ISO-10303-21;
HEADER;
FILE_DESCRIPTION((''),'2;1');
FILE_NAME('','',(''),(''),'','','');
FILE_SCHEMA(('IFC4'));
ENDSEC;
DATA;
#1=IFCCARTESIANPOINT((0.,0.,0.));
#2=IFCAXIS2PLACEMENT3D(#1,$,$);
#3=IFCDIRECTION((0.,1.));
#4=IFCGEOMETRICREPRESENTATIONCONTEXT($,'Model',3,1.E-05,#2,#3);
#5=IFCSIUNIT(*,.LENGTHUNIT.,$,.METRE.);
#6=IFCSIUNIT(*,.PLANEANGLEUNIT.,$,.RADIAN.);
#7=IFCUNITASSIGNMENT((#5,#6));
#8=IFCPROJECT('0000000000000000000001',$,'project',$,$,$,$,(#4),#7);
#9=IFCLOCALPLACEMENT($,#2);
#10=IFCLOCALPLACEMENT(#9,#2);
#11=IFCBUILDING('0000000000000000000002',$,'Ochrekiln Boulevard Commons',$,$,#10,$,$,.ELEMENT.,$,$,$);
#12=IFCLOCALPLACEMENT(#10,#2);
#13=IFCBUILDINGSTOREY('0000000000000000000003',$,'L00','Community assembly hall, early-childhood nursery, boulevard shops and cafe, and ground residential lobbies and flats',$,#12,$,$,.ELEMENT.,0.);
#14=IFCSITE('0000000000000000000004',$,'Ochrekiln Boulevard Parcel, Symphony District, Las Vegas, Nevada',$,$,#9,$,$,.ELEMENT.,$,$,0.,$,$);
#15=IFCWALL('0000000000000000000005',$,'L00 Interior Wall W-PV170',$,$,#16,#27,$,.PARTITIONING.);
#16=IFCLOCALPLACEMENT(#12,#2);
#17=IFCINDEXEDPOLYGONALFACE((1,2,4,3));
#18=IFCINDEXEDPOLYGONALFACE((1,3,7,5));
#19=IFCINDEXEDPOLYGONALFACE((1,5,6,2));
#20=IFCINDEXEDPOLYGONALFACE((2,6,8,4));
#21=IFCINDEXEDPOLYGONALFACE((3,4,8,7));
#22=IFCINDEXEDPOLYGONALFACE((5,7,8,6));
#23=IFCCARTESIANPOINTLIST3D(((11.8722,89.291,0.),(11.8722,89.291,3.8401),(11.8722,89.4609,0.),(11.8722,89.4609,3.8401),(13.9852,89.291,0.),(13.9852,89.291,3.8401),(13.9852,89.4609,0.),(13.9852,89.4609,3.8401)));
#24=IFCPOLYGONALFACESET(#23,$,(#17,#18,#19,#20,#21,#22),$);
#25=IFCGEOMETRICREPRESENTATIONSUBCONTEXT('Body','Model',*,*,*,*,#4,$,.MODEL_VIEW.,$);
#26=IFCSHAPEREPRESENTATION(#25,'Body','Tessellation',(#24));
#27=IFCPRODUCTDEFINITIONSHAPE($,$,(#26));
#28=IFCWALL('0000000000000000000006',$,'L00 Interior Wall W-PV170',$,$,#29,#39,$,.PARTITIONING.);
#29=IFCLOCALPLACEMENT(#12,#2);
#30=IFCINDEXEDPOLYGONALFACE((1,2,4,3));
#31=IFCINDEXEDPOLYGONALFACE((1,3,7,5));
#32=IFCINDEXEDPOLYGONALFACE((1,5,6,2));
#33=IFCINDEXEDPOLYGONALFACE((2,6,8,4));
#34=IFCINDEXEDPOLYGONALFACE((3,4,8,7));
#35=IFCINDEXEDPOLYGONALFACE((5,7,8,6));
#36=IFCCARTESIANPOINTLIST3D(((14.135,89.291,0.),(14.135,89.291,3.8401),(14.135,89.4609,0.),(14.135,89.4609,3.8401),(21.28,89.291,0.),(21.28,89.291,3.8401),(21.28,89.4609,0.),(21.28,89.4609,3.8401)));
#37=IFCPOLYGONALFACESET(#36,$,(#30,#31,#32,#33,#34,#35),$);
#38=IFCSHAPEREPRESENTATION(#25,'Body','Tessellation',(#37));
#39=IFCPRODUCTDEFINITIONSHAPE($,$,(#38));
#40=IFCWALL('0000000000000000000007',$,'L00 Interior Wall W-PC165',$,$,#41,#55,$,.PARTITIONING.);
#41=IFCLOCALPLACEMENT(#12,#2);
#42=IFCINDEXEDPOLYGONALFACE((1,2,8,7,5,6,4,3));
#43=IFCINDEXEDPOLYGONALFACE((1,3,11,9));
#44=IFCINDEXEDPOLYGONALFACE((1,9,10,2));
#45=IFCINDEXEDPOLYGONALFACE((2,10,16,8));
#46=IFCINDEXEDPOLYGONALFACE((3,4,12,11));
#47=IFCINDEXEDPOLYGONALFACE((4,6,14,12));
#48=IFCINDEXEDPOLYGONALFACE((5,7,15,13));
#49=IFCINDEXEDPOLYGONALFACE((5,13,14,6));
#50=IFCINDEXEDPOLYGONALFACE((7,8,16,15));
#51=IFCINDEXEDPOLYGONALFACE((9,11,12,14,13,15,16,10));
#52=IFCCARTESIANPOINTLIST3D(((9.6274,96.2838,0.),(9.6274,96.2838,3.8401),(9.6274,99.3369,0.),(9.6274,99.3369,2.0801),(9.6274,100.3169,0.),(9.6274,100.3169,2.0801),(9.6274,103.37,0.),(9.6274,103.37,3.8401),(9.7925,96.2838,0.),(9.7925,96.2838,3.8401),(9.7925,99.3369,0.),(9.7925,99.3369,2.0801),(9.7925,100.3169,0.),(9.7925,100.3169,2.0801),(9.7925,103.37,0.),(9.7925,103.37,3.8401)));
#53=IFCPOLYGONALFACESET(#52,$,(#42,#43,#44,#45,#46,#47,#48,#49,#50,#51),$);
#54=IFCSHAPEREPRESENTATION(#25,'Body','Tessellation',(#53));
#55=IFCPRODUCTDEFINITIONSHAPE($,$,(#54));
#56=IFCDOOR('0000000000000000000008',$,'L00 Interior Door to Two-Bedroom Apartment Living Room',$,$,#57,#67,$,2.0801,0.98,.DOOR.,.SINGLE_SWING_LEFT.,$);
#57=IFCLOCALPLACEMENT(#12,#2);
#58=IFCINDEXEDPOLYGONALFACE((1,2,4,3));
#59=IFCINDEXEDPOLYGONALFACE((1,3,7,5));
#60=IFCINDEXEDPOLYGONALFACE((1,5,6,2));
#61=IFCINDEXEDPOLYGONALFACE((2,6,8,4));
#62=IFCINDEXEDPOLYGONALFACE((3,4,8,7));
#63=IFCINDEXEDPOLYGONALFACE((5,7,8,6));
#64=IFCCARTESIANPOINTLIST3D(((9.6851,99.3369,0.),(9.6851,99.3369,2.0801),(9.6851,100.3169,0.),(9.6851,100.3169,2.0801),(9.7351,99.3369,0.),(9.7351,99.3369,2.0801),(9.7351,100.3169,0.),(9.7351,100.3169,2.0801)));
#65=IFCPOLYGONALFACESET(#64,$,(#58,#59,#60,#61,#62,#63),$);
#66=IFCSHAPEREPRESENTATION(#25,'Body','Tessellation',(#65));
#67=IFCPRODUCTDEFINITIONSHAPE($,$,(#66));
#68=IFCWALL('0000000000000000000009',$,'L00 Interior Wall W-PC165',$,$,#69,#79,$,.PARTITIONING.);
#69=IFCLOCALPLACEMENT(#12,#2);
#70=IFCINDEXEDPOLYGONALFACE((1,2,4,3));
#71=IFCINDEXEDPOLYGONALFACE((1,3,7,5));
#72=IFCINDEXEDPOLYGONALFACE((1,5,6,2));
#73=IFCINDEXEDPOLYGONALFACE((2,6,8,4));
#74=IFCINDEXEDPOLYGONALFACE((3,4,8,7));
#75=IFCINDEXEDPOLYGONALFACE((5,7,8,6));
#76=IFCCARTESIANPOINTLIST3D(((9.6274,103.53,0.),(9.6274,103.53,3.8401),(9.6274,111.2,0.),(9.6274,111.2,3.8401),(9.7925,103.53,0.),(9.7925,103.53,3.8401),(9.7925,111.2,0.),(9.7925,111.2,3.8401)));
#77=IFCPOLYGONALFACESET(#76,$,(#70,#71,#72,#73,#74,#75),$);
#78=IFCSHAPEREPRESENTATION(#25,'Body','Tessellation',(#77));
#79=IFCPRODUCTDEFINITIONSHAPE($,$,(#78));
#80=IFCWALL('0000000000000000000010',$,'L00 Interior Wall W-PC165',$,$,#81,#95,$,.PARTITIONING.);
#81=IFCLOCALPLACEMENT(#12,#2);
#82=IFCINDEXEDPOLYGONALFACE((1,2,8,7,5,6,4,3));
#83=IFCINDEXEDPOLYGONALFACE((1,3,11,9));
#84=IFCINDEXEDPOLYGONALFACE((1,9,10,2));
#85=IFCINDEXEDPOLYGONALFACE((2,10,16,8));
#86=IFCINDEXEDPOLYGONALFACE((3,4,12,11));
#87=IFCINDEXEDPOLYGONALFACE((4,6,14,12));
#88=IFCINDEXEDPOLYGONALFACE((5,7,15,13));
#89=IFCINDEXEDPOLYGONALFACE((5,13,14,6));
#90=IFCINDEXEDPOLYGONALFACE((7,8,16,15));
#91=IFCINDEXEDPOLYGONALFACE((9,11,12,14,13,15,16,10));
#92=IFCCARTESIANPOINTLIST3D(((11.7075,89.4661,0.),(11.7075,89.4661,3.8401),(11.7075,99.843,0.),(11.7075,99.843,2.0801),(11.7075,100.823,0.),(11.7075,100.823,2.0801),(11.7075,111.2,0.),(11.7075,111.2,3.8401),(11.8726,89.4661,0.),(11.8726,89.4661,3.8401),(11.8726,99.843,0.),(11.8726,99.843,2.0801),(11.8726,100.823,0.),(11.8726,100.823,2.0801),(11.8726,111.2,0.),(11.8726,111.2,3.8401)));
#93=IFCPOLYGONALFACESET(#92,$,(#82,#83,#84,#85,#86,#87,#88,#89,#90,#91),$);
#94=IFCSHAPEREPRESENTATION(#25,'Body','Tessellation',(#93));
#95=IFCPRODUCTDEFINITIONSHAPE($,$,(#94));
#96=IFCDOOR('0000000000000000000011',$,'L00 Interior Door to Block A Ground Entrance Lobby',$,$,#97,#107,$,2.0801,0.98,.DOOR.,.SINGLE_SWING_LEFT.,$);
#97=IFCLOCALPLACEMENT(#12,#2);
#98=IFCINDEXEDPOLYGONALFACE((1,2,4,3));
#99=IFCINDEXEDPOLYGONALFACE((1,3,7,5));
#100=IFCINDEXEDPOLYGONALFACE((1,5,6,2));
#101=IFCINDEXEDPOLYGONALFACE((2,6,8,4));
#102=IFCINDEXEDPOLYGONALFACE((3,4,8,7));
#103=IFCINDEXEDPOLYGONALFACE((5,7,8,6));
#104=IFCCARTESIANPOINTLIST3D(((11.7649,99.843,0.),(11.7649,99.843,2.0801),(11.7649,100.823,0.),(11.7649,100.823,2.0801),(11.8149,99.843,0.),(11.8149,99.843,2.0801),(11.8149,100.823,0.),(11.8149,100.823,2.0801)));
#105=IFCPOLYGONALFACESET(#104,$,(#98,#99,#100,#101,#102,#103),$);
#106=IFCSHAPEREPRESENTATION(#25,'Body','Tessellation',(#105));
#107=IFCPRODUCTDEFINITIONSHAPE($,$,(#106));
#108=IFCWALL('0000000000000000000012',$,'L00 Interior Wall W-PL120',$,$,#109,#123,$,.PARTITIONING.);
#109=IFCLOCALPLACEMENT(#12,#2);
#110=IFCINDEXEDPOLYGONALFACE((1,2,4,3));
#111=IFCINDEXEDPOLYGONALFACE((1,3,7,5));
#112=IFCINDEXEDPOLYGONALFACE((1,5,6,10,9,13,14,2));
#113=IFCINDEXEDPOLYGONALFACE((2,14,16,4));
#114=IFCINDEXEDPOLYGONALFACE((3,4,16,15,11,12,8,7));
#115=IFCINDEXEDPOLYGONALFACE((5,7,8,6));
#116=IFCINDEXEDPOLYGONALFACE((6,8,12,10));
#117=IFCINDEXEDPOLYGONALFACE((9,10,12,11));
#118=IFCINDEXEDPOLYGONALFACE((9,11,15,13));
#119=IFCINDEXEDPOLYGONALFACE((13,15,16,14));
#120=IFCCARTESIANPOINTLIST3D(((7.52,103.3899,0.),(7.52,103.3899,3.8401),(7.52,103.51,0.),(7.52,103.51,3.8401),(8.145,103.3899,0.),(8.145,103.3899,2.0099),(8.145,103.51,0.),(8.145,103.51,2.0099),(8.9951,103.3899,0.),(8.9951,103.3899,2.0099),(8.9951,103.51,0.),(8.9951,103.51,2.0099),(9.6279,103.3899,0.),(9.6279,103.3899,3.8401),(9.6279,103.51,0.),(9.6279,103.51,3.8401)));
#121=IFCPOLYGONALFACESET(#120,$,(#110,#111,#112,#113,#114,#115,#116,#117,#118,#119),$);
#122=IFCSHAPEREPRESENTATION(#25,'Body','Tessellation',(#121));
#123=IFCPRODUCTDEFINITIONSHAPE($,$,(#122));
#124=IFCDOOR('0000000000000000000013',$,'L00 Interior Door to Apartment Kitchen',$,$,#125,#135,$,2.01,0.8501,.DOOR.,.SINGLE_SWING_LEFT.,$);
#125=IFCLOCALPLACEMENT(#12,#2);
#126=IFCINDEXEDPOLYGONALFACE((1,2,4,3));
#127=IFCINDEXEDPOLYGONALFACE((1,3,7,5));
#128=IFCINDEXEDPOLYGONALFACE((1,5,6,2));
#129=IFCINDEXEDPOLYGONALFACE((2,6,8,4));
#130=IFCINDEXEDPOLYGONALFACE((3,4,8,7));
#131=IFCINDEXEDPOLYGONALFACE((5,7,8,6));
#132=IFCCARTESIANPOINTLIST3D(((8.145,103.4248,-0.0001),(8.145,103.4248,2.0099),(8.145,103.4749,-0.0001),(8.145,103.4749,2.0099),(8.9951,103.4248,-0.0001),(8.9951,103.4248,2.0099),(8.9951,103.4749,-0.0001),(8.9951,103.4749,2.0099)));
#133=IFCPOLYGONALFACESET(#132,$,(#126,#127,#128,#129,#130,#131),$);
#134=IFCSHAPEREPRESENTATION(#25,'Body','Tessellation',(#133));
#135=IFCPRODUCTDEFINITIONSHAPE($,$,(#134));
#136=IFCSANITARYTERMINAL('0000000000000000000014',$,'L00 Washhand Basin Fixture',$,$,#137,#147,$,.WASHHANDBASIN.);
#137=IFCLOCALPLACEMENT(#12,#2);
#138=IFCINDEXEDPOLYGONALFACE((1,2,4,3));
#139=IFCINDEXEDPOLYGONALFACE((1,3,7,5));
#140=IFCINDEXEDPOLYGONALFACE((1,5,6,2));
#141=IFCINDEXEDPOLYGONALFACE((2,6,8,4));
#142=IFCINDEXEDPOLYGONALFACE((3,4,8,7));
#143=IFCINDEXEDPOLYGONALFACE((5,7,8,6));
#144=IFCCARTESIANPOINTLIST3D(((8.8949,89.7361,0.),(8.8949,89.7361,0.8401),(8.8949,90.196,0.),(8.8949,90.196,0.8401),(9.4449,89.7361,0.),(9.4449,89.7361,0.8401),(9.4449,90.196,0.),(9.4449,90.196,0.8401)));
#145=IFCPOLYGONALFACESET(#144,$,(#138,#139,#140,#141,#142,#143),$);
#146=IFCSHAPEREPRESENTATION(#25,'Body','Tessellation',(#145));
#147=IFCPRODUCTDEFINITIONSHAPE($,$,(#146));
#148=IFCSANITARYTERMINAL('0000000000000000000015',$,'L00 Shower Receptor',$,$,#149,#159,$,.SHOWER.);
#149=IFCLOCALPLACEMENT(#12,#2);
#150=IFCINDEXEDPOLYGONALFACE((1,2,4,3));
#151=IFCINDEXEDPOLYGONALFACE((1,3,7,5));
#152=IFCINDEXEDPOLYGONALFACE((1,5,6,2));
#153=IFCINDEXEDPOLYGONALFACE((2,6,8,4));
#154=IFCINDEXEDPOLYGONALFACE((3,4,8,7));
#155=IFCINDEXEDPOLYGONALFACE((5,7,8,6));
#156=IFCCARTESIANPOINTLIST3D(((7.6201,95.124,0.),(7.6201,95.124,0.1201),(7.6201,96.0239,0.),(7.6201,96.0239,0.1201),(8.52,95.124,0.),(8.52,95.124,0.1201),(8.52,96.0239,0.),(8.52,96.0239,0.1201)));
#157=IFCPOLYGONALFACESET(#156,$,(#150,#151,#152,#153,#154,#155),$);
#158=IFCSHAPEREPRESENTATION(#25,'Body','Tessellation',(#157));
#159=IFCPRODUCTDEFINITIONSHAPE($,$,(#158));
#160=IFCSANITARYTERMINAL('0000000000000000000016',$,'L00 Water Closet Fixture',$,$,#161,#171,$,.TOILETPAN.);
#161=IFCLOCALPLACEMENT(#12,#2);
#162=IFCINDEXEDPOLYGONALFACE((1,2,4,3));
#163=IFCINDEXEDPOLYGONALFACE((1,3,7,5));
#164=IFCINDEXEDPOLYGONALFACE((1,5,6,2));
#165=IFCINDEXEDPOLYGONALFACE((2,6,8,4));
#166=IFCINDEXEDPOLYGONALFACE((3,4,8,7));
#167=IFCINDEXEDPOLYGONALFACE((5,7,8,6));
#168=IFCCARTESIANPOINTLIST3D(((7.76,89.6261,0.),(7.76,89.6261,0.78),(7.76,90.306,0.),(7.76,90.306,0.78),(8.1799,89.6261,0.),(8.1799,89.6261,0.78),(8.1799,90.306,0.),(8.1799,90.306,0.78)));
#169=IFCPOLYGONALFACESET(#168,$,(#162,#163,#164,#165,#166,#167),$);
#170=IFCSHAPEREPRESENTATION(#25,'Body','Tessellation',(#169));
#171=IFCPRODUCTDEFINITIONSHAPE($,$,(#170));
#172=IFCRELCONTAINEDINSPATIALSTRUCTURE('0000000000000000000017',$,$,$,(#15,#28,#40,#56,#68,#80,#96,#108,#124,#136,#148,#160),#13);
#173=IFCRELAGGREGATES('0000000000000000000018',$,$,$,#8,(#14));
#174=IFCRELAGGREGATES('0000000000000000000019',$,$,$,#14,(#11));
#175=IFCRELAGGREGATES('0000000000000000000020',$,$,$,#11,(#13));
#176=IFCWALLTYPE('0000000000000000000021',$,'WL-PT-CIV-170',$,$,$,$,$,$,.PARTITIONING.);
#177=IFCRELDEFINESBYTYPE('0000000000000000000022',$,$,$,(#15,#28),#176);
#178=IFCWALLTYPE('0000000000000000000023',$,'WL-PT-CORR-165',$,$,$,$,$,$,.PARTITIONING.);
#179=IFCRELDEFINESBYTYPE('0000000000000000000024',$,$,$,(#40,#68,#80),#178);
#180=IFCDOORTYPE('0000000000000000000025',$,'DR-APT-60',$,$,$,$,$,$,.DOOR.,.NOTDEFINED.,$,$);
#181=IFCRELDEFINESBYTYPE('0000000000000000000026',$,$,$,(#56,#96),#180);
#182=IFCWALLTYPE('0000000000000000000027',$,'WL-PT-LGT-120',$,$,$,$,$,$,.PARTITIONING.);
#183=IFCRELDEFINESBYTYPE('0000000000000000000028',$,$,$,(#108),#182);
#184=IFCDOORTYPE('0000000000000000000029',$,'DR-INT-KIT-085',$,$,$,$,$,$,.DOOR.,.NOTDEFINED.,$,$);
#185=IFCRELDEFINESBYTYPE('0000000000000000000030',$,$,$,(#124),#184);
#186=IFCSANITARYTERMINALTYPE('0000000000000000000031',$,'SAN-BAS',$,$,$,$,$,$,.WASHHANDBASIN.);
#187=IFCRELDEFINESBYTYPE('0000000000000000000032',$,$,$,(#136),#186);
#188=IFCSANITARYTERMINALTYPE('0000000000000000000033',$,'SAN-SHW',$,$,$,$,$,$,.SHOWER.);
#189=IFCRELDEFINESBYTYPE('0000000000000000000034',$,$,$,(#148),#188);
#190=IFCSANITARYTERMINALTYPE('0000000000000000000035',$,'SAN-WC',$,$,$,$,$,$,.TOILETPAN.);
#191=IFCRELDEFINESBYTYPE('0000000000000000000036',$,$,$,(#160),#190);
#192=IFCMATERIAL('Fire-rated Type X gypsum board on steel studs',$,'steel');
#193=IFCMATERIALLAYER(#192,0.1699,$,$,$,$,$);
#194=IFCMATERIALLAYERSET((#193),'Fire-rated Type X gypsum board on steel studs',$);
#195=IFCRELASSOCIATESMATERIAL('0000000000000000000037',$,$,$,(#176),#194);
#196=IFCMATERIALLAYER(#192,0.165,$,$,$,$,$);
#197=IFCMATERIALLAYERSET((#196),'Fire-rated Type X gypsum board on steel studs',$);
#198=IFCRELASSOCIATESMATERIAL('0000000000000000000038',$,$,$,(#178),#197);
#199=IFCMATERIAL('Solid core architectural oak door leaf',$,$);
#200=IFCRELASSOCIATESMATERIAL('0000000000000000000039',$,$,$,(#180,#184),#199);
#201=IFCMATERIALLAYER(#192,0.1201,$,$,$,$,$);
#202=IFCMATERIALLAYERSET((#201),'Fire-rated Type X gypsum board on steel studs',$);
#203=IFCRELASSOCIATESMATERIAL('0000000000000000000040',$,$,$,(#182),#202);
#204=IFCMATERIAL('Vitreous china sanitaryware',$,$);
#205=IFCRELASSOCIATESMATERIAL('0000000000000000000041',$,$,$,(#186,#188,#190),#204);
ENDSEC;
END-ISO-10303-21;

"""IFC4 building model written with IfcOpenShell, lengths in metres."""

from ifc_helpers import new_model, si_unit, direction, frame, frame_2d, origin, origin_2d, place, context, subcontext, project, spatial, rectangle, extrude, material, layer, layer_set, type_object, element, fill, save


model = new_model("IFC4")

# Units and contexts
model_context = context("Model", 3, precision=1e-05, world=origin(), true_north=direction((0.0, 1.0)))
body_context = subcontext(model_context, "Body", "Model", "MODEL_VIEW")
ifc_project = project(units=[si_unit("LENGTHUNIT", "METRE"), si_unit("PLANEANGLEUNIT", "RADIAN")], contexts=[model_context])

# Site, building, storey
site_placement = place(None, origin())
site = spatial("IfcSite", under=ifc_project, at=site_placement, Name="Ochrekiln Boulevard Parcel, Symphony District, Las Vegas, Nevada", CompositionType="ELEMENT", RefElevation=0.0)
building_placement = place(site_placement, origin())
building = spatial("IfcBuilding", under=site, at=building_placement, Name="Ochrekiln Boulevard Commons", CompositionType="ELEMENT")
storey_placement = place(building_placement, origin())
storey = spatial("IfcBuildingStorey", under=building, at=storey_placement, Name="L00", Description="Community assembly hall, early-childhood nursery, boulevard shops and cafe, and ground residential lobbies and flats", CompositionType="ELEMENT", Elevation=0.0)

# Shared definitions
ifc_material_1 = material(Name="Solid core architectural oak door leaf")

# Walls
ifc_material_2 = material(Name="Fire-rated Type X gypsum board on steel studs", Category="steel")
ifc_layer_1 = layer(ifc_material_2, 0.1699)
ifc_layer_set_1 = layer_set([ifc_layer_1], Name="Fire-rated Type X gypsum board on steel studs")
wall_type_1 = type_object("IfcWallType", Name="WL-PT-CIV-170", PredefinedType="PARTITIONING", material=ifc_layer_set_1)
wall_1_placement = place(storey_placement, frame((11.8721, 89.376, 0.0), z_axis=(0.0, 0.0, 1.0), x_axis=(1.0, 0.0, 0.0)))
element("IfcWall", 1, at=wall_1_placement, inside=storey, type_object=wall_type_1, Name="L00 Interior Wall W-PV170", PredefinedType="PARTITIONING", context=body_context, shape_type="SweptSolid", body=[
    extrude(rectangle(XDim=2.113, YDim=0.1699, at=frame_2d((1.0566, 0.0))), origin(), (0.0, 0.0, 1.0), 3.8401),
])
wall_2_placement = place(storey_placement, frame((14.135, 89.376, 0.0), z_axis=(0.0, 0.0, 1.0), x_axis=(1.0, 0.0, 0.0)))
element("IfcWall", 2, at=wall_2_placement, inside=storey, type_object=wall_type_1, Name="L00 Interior Wall W-PV170", PredefinedType="PARTITIONING", context=body_context, shape_type="SweptSolid", body=[
    extrude(rectangle(XDim=7.145, YDim=0.1699, at=frame_2d((3.5725, 0.0))), origin(), (0.0, 0.0, 1.0), 3.8401),
])

# Wall, opening, door
ifc_layer_2 = layer(ifc_material_2, 0.165)
ifc_layer_set_2 = layer_set([ifc_layer_2], Name="Fire-rated Type X gypsum board on steel studs")
wall_type_2 = type_object("IfcWallType", Name="WL-PT-CORR-165", PredefinedType="PARTITIONING", material=ifc_layer_set_2)
wall_3_placement = place(storey_placement, frame((9.71, 96.2839, 0.0), z_axis=(0.0, 0.0, 1.0), x_axis=(0.0, 1.0, 0.0)))
wall_3 = element("IfcWall", 3, at=wall_3_placement, inside=storey, type_object=wall_type_2, Name="L00 Interior Wall W-PC165", PredefinedType="PARTITIONING", context=body_context, shape_type="SweptSolid", body=[
    extrude(rectangle(XDim=7.0862, YDim=0.165, at=frame_2d((3.543, 0.0))), origin(), (0.0, 0.0, 1.0), 3.8401),
])
opening_1_placement = place(wall_3_placement, frame((3.053, 0.0, 0.0)))
opening_1 = element("IfcOpeningElement", 4, at=opening_1_placement, cuts=wall_3, PredefinedType="OPENING", context=body_context, shape_type="SweptSolid", body=[
    extrude(rectangle(XDim=0.98, YDim=2.0801, at=frame_2d((0.49, 1.04))), frame((0.0, 0.0925, 0.0), z_axis=(0.0, -1.0, 0.0), x_axis=(1.0, 0.0, 0.0)), (0.0, 0.0, 1.0), 0.1851),
])
door_type_1 = type_object("IfcDoorType", Name="DR-APT-60", OperationType="NOTDEFINED", PredefinedType="DOOR", material=ifc_material_1)
door_1_placement = place(opening_1_placement, origin())
door_1 = element("IfcDoor", 5, at=door_1_placement, inside=storey, type_object=door_type_1, Name="L00 Interior Door to Two-Bedroom Apartment Living Room", OperationType="SINGLE_SWING_LEFT", OverallHeight=2.0801, OverallWidth=0.98, PredefinedType="DOOR", context=body_context, shape_type="SweptSolid", body=[
    extrude(rectangle(XDim=0.98, YDim=2.0801, at=frame_2d((0.49, 1.04))), frame((0.0, 0.0249, 0.0), z_axis=(0.0, -1.0, 0.0), x_axis=(1.0, 0.0, 0.0)), (0.0, 0.0, 1.0), 0.05),
])
fill(opening_1, door_1)

# Wall
wall_4_placement = place(storey_placement, frame((9.71, 103.53, 0.0), z_axis=(0.0, 0.0, 1.0), x_axis=(0.0, 1.0, 0.0)))
element("IfcWall", 6, at=wall_4_placement, inside=storey, type_object=wall_type_2, Name="L00 Interior Wall W-PC165", PredefinedType="PARTITIONING", context=body_context, shape_type="SweptSolid", body=[
    extrude(rectangle(XDim=7.6699, YDim=0.165, at=frame_2d((3.835, 0.0))), origin(), (0.0, 0.0, 1.0), 3.8401),
])

# Walls, openings, doors
wall_5_placement = place(storey_placement, frame((11.79, 89.4661, 0.0), z_axis=(0.0, 0.0, 1.0), x_axis=(0.0, 1.0, 0.0)))
wall_5 = element("IfcWall", 7, at=wall_5_placement, inside=storey, type_object=wall_type_2, Name="L00 Interior Wall W-PC165", PredefinedType="PARTITIONING", context=body_context, shape_type="SweptSolid", body=[
    extrude(rectangle(XDim=21.7339, YDim=0.165, at=frame_2d((10.8669, 0.0))), origin(), (0.0, 0.0, 1.0), 3.8401),
])
opening_2_placement = place(wall_5_placement, frame((10.377, 0.0, 0.0)))
opening_2 = element("IfcOpeningElement", 8, at=opening_2_placement, cuts=wall_5, PredefinedType="OPENING", context=body_context, shape_type="SweptSolid", body=[
    extrude(rectangle(XDim=0.98, YDim=2.0801, at=frame_2d((0.49, 1.04))), frame((0.0, 0.0925, 0.0), z_axis=(0.0, -1.0, 0.0), x_axis=(1.0, 0.0, 0.0)), (0.0, 0.0, 1.0), 0.1851),
])
door_2_placement = place(opening_2_placement, frame((0.98, 0.0, 0.0), z_axis=(0.0, 0.0, 1.0), x_axis=(-1.0, 0.0, 0.0)))
door_2 = element("IfcDoor", 9, at=door_2_placement, inside=storey, type_object=door_type_1, Name="L00 Interior Door to Block A Ground Entrance Lobby", OperationType="SINGLE_SWING_LEFT", OverallHeight=2.0801, OverallWidth=0.98, PredefinedType="DOOR", context=body_context, shape_type="SweptSolid", body=[
    extrude(rectangle(XDim=0.98, YDim=2.0801, at=frame_2d((0.49, 1.04))), frame((0.0, 0.0249, 0.0), z_axis=(0.0, -1.0, 0.0), x_axis=(1.0, 0.0, 0.0)), (0.0, 0.0, 1.0), 0.05),
])
fill(opening_2, door_2)
ifc_layer_3 = layer(ifc_material_2, 0.1201)
ifc_layer_set_3 = layer_set([ifc_layer_3], Name="Fire-rated Type X gypsum board on steel studs")
wall_type_3 = type_object("IfcWallType", Name="WL-PT-LGT-120", PredefinedType="PARTITIONING", material=ifc_layer_set_3)
wall_6_placement = place(storey_placement, frame((7.52, 103.45, 0.0), z_axis=(0.0, 0.0, 1.0), x_axis=(1.0, 0.0, 0.0)))
wall_6 = element("IfcWall", 10, at=wall_6_placement, inside=storey, type_object=wall_type_3, Name="L00 Interior Wall W-PL120", PredefinedType="PARTITIONING", context=body_context, shape_type="SweptSolid", body=[
    extrude(rectangle(XDim=2.1079, YDim=0.1201, at=frame_2d((1.054, 0.0))), origin(), (0.0, 0.0, 1.0), 3.8401),
])
opening_3_placement = place(wall_6_placement, frame((0.625, 0.0, 0.0)))
opening_3 = element("IfcOpeningElement", 11, at=opening_3_placement, cuts=wall_6, PredefinedType="OPENING", context=body_context, shape_type="SweptSolid", body=[
    extrude(rectangle(XDim=0.8501, YDim=2.01, at=frame_2d((0.425, 1.0049))), frame((0.0, 0.0701, 0.0), z_axis=(0.0, -1.0, 0.0), x_axis=(1.0, 0.0, 0.0)), (0.0, 0.0, 1.0), 0.1401),
])
door_type_2 = type_object("IfcDoorType", Name="DR-INT-KIT-085", OperationType="NOTDEFINED", PredefinedType="DOOR", material=ifc_material_1)
door_3_placement = place(opening_3_placement, origin())
door_3 = element("IfcDoor", 12, at=door_3_placement, inside=storey, type_object=door_type_2, Name="L00 Interior Door to Apartment Kitchen", OperationType="SINGLE_SWING_LEFT", OverallHeight=2.01, OverallWidth=0.8501, PredefinedType="DOOR", context=body_context, shape_type="SweptSolid", body=[
    extrude(rectangle(XDim=0.8501, YDim=2.01, at=frame_2d((0.425, 1.0049))), frame((0.0, 0.0249, 0.0), z_axis=(0.0, -1.0, 0.0), x_axis=(1.0, 0.0, 0.0)), (0.0, 0.0, 1.0), 0.05),
])
fill(opening_3, door_3)

# Sanitary terminals
ifc_material_3 = material(Name="Vitreous china sanitaryware")
sanitary_terminal_type_1 = type_object("IfcSanitaryTerminalType", Name="SAN-BAS", PredefinedType="WASHHANDBASIN", material=ifc_material_3)
sanitary_terminal_1_placement = place(storey_placement, frame((9.1699, 89.9661, 0.0), z_axis=(0.0, 0.0, 1.0), x_axis=(1.0, 0.0, 0.0)))
element("IfcSanitaryTerminal", 13, at=sanitary_terminal_1_placement, inside=storey, type_object=sanitary_terminal_type_1, Name="L00 Washhand Basin Fixture", PredefinedType="WASHHANDBASIN", context=body_context, shape_type="SweptSolid", body=[
    extrude(rectangle(XDim=0.55, YDim=0.46, at=origin_2d()), origin(), (0.0, 0.0, 1.0), 0.8401),
])
sanitary_terminal_type_2 = type_object("IfcSanitaryTerminalType", Name="SAN-SHW", PredefinedType="SHOWER", material=ifc_material_3)
sanitary_terminal_2_placement = place(storey_placement, frame((8.0701, 95.574, 0.0), z_axis=(0.0, 0.0, 1.0), x_axis=(1.0, 0.0, 0.0)))
element("IfcSanitaryTerminal", 14, at=sanitary_terminal_2_placement, inside=storey, type_object=sanitary_terminal_type_2, Name="L00 Shower Receptor", PredefinedType="SHOWER", context=body_context, shape_type="SweptSolid", body=[
    extrude(rectangle(XDim=0.8999, YDim=0.8999, at=origin_2d()), origin(), (0.0, 0.0, 1.0), 0.1201),
])
sanitary_terminal_type_3 = type_object("IfcSanitaryTerminalType", Name="SAN-WC", PredefinedType="TOILETPAN", material=ifc_material_3)
sanitary_terminal_3_placement = place(storey_placement, frame((7.97, 89.9661, 0.0), z_axis=(0.0, 0.0, 1.0), x_axis=(1.0, 0.0, 0.0)))
element("IfcSanitaryTerminal", 15, at=sanitary_terminal_3_placement, inside=storey, type_object=sanitary_terminal_type_3, Name="L00 Water Closet Fixture", PredefinedType="TOILETPAN", context=body_context, shape_type="SweptSolid", body=[
    extrude(rectangle(XDim=0.4199, YDim=0.6799, at=origin_2d()), origin(), (0.0, 0.0, 1.0), 0.78),
])

save(model, "model.ifc")
